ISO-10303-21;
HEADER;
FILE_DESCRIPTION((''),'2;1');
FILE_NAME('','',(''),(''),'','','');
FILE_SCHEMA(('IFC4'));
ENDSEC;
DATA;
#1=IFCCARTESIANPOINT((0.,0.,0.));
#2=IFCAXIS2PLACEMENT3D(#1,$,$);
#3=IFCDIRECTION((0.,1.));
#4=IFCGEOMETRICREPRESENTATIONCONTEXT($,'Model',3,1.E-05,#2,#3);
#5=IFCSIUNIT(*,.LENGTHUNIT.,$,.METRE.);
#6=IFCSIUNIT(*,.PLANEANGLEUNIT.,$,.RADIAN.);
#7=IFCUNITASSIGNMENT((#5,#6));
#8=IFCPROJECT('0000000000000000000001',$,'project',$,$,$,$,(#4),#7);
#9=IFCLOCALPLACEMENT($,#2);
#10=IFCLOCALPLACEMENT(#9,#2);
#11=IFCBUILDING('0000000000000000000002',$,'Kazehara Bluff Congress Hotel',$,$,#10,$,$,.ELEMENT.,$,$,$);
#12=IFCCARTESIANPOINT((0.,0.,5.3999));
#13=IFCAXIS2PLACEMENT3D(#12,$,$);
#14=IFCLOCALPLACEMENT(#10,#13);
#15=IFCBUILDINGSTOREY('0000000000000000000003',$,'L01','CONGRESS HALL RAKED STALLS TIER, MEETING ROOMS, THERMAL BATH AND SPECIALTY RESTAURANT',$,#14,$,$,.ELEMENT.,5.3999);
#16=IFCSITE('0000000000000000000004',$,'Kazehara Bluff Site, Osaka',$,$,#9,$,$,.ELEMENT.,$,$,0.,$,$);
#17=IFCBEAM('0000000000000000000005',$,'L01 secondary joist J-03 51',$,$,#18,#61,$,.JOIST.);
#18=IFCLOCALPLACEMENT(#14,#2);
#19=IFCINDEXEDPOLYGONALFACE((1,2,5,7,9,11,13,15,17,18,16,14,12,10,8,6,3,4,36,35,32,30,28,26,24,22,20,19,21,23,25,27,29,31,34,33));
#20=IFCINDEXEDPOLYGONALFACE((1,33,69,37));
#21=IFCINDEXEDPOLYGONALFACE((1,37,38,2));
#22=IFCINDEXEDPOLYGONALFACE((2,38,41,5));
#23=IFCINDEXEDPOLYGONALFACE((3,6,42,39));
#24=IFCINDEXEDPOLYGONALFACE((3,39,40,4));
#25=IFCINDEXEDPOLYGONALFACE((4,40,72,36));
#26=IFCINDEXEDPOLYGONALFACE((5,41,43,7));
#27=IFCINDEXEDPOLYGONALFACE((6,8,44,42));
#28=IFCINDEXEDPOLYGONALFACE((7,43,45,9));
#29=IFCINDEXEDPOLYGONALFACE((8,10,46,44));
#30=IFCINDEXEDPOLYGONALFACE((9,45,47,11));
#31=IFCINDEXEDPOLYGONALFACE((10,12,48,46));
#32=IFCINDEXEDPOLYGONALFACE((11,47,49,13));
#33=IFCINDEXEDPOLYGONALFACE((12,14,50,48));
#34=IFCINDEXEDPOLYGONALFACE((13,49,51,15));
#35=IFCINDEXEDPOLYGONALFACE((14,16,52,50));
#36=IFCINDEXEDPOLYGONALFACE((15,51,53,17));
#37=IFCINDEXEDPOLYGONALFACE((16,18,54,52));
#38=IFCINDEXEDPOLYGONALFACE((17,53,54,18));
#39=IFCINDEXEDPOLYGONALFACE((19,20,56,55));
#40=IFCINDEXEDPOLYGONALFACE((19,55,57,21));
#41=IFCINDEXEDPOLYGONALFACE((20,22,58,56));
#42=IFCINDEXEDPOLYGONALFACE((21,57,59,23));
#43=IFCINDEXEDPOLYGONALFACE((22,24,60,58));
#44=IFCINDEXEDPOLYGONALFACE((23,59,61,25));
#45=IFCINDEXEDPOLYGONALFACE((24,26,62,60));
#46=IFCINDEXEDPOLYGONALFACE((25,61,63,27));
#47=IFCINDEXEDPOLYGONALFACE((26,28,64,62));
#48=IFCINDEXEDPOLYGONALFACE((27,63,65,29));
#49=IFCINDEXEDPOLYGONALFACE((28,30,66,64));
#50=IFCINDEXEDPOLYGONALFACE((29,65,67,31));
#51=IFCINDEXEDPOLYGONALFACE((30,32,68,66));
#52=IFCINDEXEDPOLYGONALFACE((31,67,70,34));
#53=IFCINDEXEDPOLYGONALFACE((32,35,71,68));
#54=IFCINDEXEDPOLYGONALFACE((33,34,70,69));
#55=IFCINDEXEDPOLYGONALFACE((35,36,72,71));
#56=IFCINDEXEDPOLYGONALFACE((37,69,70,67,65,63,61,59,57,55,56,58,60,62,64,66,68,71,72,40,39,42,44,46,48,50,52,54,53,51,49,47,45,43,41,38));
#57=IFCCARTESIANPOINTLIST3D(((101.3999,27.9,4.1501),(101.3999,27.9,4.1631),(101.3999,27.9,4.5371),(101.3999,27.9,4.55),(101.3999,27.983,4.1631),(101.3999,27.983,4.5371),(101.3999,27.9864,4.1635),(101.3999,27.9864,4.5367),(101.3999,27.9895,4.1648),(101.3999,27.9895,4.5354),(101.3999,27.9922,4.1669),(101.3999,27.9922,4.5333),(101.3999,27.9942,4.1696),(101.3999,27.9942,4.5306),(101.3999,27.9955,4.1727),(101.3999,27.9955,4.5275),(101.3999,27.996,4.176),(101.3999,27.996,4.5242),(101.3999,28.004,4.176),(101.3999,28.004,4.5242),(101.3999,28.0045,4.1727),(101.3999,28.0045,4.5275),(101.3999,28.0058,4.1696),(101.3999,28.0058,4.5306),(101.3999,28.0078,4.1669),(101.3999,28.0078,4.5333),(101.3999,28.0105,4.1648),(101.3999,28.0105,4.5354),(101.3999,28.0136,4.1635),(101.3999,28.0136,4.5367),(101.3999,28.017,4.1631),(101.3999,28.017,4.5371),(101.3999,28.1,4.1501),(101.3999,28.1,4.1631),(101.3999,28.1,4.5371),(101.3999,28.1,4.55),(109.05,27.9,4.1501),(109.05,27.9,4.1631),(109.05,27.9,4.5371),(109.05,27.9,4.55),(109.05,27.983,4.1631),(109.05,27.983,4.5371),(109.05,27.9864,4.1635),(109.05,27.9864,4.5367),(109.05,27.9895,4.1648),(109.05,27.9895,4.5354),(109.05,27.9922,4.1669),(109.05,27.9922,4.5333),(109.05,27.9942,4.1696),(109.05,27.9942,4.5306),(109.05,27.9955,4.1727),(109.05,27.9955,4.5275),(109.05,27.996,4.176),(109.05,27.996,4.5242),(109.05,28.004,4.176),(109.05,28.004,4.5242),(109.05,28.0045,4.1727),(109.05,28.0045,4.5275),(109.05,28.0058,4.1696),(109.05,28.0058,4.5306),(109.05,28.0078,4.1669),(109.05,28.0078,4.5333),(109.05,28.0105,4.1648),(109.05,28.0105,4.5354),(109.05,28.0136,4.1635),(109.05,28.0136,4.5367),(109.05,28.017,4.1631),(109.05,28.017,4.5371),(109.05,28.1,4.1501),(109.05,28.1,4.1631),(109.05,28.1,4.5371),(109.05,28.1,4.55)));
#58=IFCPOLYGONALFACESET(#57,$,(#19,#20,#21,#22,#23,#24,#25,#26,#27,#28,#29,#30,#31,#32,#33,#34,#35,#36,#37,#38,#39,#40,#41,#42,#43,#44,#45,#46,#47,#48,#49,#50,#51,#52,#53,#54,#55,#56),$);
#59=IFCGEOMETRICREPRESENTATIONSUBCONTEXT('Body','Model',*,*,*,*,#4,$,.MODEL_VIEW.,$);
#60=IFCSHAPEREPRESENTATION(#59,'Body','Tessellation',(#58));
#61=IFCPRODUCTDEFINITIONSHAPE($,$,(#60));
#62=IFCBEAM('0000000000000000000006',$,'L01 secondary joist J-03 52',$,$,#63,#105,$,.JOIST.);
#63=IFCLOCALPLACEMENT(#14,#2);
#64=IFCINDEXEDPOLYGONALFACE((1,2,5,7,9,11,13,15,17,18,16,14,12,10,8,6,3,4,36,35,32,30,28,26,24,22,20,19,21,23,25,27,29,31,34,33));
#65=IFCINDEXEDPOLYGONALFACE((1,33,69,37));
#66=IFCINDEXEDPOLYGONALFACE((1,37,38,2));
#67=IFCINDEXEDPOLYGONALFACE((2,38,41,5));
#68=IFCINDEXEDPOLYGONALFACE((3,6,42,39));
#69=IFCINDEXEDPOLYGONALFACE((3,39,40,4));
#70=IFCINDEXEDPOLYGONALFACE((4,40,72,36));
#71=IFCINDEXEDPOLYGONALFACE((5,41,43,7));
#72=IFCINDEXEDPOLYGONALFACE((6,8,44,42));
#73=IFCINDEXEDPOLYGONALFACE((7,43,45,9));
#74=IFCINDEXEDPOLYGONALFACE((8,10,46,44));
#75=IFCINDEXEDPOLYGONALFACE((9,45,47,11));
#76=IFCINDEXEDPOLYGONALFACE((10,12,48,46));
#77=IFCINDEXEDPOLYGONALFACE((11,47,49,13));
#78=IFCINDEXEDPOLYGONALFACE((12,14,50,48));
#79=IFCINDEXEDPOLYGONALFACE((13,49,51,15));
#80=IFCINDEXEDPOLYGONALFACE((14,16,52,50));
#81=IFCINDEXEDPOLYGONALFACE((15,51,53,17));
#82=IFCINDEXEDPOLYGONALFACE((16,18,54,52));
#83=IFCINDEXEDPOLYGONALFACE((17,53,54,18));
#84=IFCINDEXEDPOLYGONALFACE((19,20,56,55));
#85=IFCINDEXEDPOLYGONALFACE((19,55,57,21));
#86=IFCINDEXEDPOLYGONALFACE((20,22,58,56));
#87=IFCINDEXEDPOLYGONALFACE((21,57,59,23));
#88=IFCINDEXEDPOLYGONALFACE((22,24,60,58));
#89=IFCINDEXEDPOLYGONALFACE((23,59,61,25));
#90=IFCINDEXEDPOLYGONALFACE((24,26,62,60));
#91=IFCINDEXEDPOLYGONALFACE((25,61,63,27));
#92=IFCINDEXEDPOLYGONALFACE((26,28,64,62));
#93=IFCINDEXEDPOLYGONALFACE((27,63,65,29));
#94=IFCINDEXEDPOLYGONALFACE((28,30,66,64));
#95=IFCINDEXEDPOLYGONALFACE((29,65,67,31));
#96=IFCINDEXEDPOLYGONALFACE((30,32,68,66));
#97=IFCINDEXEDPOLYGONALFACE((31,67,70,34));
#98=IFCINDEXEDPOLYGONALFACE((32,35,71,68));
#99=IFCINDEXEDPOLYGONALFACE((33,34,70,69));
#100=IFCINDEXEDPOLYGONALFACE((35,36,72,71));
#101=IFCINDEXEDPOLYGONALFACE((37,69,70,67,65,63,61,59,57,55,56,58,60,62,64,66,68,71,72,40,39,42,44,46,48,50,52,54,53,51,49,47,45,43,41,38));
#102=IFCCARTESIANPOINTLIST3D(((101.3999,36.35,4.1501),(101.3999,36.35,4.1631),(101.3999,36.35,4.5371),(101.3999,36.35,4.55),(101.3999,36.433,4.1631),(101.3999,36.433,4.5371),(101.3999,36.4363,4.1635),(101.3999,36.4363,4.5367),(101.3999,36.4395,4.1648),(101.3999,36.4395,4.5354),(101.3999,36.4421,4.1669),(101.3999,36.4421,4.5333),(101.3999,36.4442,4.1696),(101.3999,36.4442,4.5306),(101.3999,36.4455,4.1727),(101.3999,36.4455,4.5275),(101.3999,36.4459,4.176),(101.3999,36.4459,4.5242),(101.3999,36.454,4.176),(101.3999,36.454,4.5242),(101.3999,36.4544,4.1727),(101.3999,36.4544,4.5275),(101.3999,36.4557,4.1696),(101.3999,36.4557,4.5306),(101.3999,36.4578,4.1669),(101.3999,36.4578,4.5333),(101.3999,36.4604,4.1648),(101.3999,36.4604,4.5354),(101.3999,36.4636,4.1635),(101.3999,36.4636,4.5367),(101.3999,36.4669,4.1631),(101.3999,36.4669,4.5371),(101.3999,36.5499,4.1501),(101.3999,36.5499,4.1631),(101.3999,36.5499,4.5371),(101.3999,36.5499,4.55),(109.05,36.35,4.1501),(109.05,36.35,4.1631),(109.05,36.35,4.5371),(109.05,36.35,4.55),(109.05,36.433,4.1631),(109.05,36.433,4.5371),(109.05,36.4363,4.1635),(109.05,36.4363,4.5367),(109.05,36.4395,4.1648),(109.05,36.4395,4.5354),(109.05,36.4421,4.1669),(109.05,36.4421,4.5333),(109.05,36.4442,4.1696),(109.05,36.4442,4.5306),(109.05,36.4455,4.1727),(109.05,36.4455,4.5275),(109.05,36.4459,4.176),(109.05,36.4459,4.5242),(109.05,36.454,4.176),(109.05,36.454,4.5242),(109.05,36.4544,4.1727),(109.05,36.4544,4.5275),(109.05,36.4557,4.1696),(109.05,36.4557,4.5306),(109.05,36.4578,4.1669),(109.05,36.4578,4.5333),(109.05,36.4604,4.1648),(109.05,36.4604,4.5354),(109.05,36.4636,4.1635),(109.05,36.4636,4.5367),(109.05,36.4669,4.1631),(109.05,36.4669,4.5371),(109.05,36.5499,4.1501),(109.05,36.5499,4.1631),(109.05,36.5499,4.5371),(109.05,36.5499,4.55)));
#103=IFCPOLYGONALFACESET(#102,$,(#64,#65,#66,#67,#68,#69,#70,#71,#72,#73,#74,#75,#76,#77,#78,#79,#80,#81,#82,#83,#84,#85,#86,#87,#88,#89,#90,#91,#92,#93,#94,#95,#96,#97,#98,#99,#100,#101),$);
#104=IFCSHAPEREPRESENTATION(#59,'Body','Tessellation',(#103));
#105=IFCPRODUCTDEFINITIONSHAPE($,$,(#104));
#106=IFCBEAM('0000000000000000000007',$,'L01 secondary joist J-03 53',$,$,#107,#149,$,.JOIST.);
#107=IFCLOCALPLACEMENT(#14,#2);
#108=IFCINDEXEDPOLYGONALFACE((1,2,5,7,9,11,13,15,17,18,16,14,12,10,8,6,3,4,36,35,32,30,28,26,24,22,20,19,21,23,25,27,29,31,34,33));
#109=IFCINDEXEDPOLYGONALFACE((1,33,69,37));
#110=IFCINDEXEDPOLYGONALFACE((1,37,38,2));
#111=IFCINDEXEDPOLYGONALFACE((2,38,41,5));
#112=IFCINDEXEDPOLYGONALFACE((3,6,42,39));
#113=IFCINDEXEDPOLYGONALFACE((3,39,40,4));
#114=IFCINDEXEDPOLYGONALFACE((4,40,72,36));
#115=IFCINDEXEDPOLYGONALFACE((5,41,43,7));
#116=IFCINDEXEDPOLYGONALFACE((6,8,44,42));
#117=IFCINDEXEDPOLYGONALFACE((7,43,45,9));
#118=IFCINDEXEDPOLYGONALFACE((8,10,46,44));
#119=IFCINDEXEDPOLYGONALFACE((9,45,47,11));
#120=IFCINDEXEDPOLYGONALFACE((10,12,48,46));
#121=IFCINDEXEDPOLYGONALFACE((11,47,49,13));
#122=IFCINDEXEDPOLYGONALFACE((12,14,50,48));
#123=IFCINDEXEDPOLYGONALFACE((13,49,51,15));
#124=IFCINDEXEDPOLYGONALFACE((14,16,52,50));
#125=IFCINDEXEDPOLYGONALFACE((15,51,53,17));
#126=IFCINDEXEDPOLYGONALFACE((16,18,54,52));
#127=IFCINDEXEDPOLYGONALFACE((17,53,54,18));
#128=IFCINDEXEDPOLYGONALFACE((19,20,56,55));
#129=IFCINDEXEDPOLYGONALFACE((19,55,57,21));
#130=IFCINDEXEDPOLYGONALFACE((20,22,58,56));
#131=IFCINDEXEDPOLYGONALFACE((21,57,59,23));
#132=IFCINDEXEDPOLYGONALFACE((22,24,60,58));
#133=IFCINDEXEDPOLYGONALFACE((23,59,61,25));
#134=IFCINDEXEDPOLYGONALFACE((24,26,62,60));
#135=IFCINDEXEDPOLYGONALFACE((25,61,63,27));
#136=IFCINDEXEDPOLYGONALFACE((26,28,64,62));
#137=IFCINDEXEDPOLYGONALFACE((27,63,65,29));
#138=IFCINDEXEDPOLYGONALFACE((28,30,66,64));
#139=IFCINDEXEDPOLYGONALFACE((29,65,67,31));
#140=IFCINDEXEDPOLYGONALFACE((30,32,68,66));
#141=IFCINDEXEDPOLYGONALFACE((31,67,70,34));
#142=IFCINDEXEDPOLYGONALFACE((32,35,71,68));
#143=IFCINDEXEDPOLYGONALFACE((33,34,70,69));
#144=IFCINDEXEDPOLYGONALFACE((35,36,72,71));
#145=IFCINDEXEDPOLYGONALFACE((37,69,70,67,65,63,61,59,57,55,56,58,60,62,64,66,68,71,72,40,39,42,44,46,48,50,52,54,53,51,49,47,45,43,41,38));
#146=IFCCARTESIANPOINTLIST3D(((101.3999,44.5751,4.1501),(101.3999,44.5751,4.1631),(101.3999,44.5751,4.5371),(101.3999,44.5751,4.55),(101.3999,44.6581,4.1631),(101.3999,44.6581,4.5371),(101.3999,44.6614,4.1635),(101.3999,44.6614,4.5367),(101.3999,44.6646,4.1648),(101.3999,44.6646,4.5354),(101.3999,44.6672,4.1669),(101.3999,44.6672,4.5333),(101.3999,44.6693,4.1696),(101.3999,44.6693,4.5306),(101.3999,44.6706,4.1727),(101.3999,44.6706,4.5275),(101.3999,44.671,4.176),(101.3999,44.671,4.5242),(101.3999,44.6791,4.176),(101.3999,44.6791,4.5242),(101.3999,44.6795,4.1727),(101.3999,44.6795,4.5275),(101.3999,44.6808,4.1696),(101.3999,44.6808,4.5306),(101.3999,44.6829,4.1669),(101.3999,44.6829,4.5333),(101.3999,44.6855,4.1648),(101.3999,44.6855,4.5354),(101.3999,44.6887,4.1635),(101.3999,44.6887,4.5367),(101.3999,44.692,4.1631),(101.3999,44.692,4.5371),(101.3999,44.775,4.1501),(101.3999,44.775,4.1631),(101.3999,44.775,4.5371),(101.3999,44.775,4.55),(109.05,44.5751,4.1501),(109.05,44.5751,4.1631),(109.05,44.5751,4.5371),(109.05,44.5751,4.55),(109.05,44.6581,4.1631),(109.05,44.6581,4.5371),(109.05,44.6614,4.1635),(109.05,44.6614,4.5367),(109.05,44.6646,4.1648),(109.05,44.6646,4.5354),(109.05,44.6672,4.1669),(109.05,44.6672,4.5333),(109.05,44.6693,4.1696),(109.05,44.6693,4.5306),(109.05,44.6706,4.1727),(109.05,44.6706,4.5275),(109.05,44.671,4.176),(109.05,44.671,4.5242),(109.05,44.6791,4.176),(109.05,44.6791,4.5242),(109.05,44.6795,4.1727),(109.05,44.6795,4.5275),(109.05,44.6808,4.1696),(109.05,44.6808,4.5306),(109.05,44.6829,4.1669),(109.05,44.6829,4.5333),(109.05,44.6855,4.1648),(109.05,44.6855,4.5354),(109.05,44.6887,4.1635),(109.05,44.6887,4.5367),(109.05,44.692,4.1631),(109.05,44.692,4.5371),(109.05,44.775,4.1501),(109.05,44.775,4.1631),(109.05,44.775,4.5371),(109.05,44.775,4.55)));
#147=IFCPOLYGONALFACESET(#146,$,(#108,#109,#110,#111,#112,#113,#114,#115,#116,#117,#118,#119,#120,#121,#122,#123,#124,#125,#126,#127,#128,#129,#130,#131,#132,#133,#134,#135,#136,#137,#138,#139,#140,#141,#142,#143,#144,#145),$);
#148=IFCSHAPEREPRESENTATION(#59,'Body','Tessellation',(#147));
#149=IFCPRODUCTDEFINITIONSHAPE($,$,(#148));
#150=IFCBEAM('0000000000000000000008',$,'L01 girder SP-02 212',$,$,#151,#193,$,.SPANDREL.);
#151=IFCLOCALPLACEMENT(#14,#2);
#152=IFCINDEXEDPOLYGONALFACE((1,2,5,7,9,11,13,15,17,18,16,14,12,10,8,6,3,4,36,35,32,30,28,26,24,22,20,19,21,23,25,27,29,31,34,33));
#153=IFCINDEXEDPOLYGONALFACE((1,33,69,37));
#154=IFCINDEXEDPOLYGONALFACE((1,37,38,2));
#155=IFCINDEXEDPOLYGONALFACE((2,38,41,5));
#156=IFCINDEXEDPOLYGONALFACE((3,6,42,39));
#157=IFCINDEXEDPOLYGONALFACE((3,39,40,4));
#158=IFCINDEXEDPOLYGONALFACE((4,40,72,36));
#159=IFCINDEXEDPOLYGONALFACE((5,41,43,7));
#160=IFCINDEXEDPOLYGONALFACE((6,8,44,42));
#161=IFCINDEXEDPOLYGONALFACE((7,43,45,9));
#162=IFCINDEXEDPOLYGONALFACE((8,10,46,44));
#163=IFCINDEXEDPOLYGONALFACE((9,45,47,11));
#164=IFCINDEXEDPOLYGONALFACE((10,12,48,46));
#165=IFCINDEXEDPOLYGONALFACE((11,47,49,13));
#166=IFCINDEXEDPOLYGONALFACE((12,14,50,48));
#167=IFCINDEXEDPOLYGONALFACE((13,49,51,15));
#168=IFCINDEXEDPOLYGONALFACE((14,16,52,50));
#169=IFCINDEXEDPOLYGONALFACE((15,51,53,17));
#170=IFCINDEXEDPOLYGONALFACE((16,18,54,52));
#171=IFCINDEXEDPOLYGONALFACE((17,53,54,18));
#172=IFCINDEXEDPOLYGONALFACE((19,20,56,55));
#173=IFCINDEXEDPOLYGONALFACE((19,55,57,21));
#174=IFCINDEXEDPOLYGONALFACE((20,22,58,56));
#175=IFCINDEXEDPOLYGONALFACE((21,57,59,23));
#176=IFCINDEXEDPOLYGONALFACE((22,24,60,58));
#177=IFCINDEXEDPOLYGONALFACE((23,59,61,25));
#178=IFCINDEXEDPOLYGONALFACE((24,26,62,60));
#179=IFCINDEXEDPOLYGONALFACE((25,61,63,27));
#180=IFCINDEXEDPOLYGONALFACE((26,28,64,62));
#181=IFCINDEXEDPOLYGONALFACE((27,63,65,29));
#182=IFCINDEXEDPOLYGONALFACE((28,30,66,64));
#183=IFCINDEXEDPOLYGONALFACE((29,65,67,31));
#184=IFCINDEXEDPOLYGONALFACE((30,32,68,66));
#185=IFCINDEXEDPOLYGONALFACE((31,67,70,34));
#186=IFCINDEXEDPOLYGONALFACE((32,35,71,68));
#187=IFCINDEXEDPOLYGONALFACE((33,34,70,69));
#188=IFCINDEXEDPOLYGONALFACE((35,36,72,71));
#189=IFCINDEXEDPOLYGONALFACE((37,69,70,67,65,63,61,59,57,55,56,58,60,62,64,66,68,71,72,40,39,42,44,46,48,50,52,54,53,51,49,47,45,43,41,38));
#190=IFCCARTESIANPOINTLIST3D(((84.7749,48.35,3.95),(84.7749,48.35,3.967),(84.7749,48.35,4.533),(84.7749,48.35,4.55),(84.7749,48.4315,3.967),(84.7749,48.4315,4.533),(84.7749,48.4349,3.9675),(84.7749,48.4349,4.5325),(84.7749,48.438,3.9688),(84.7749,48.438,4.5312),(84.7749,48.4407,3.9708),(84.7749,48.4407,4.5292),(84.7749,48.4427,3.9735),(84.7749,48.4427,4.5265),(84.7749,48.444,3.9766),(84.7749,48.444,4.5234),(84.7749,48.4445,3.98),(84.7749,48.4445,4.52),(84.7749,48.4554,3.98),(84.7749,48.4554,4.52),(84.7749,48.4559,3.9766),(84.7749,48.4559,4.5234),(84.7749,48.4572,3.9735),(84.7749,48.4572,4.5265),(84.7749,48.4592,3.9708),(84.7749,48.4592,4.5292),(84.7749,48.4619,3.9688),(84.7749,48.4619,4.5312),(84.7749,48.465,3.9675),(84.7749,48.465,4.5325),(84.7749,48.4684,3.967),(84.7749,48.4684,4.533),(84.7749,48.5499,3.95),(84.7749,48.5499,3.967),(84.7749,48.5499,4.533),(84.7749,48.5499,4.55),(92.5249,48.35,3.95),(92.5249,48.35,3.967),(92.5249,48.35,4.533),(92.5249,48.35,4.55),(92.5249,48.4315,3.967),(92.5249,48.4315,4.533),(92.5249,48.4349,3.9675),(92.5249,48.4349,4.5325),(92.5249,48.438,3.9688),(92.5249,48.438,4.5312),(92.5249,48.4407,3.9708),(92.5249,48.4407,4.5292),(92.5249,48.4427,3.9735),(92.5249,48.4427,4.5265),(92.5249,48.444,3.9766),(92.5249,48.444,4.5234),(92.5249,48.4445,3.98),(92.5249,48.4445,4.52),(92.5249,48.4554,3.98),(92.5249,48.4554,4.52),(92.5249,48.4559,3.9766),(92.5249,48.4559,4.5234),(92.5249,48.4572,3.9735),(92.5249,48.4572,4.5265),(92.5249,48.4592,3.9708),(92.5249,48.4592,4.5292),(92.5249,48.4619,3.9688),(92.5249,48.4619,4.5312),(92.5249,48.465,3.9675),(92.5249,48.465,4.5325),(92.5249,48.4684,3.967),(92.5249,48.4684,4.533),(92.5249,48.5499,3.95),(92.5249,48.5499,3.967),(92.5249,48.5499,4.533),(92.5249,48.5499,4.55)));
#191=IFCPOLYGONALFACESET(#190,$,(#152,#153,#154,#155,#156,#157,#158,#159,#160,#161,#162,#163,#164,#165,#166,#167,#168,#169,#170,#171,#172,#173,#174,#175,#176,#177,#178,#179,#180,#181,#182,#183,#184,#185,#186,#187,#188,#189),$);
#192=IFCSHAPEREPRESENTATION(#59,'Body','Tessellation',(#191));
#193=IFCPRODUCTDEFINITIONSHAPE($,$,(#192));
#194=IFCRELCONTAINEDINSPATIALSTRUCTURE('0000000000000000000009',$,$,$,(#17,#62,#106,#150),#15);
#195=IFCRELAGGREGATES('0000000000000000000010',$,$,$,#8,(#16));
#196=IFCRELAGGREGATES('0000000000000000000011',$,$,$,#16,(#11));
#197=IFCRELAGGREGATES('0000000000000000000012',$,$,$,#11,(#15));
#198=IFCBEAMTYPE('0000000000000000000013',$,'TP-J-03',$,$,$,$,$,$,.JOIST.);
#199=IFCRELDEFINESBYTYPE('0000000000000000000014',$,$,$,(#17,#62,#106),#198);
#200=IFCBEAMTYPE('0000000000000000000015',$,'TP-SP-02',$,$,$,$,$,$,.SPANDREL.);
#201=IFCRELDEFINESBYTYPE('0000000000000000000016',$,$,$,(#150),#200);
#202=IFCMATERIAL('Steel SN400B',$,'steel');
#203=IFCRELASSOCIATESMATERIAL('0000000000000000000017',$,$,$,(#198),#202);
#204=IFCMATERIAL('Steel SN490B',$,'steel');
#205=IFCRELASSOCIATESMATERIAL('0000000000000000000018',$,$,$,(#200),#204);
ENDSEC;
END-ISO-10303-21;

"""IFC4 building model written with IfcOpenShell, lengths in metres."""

from ifc_helpers import new_model, si_unit, direction, frame, origin, origin_2d, place, context, subcontext, project, spatial, i_section, extrude, material, material_profile, profile_set, type_object, element, save


model = new_model("IFC4")

# Units and contexts
model_context = context("Model", 3, precision=1e-05, world=origin(), true_north=direction((0.0, 1.0)))
body_context = subcontext(model_context, "Body", "Model", "MODEL_VIEW")
ifc_project = project(units=[si_unit("LENGTHUNIT", "METRE"), si_unit("PLANEANGLEUNIT", "RADIAN")], contexts=[model_context])

# Site, building, storey
site_placement = place(None, origin())
site = spatial("IfcSite", under=ifc_project, at=site_placement, Name="Kazehara Bluff Site, Osaka", CompositionType="ELEMENT", RefElevation=0.0)
building_placement = place(site_placement, origin())
building = spatial("IfcBuilding", under=site, at=building_placement, Name="Kazehara Bluff Congress Hotel", CompositionType="ELEMENT")
storey_placement = place(building_placement, frame((0.0, 0.0, 5.3999)))
storey = spatial("IfcBuildingStorey", under=building, at=storey_placement, Name="L01", Description="CONGRESS HALL RAKED STALLS TIER, MEETING ROOMS, THERMAL BATH AND SPECIALTY RESTAURANT", CompositionType="ELEMENT", Elevation=5.3999)

# Beams
ifc_material_1 = material(Name="Steel SN400B", Category="steel")
ifc_material_profile_1 = material_profile(ifc_material_1, i_section(OverallWidth=0.2, OverallDepth=0.3999, WebThickness=0.0081, FlangeThickness=0.0129, FilletRadius=0.0129, at=origin_2d()))
ifc_profile_set_1 = profile_set([ifc_material_profile_1], Name="Steel SN400B")
beam_type_1 = type_object("IfcBeamType", Name="TP-J-03", PredefinedType="JOIST", material=ifc_profile_set_1)
for number, where, z_axis, x_axis, name in (
    (1, (101.3999, 28.0, 4.3501), (1.0, 0.0, 0.0), (0.0, 1.0, 0.0), "L01 secondary joist J-03 51"),
    (2, (101.3999, 36.45, 4.3501), (1.0, 0.0, 0.0), (0.0, 1.0, 0.0), "L01 secondary joist J-03 52"),
    (3, (101.3999, 44.675, 4.3501), (1.0, 0.0, 0.0), (0.0, 1.0, 0.0), "L01 secondary joist J-03 53"),
):
    element("IfcBeam", number, at=place(storey_placement, frame(where, z_axis=z_axis, x_axis=x_axis)), inside=storey, type_object=beam_type_1, Name=name, PredefinedType="JOIST", context=body_context, shape_type="SweptSolid", body=[
        extrude(i_section(OverallWidth=0.2, OverallDepth=0.3999, WebThickness=0.0081, FlangeThickness=0.0129, FilletRadius=0.0129, at=origin_2d()), origin(), (0.0, 0.0, 1.0), 7.6501),
    ])
ifc_material_2 = material(Name="Steel SN490B", Category="steel")
ifc_material_profile_2 = material_profile(ifc_material_2, i_section(OverallWidth=0.2, OverallDepth=0.6001, WebThickness=0.011, FlangeThickness=0.0171, FilletRadius=0.0129, at=origin_2d()))
ifc_profile_set_2 = profile_set([ifc_material_profile_2], Name="Steel SN490B")
beam_type_2 = type_object("IfcBeamType", Name="TP-SP-02", PredefinedType="SPANDREL", material=ifc_profile_set_2)
for number, where, z_axis, x_axis, name in (
    (4, (84.7749, 48.45, 4.25), (1.0, 0.0, 0.0), (0.0, 1.0, 0.0), "L01 girder SP-02 212"),
):
    element("IfcBeam", number, at=place(storey_placement, frame(where, z_axis=z_axis, x_axis=x_axis)), inside=storey, type_object=beam_type_2, Name=name, PredefinedType="SPANDREL", context=body_context, shape_type="SweptSolid", body=[
        extrude(i_section(OverallWidth=0.2, OverallDepth=0.6001, WebThickness=0.011, FlangeThickness=0.0171, FilletRadius=0.0129, at=origin_2d()), origin(), (0.0, 0.0, 1.0), 7.75),
    ])

save(model, "model.ifc")
